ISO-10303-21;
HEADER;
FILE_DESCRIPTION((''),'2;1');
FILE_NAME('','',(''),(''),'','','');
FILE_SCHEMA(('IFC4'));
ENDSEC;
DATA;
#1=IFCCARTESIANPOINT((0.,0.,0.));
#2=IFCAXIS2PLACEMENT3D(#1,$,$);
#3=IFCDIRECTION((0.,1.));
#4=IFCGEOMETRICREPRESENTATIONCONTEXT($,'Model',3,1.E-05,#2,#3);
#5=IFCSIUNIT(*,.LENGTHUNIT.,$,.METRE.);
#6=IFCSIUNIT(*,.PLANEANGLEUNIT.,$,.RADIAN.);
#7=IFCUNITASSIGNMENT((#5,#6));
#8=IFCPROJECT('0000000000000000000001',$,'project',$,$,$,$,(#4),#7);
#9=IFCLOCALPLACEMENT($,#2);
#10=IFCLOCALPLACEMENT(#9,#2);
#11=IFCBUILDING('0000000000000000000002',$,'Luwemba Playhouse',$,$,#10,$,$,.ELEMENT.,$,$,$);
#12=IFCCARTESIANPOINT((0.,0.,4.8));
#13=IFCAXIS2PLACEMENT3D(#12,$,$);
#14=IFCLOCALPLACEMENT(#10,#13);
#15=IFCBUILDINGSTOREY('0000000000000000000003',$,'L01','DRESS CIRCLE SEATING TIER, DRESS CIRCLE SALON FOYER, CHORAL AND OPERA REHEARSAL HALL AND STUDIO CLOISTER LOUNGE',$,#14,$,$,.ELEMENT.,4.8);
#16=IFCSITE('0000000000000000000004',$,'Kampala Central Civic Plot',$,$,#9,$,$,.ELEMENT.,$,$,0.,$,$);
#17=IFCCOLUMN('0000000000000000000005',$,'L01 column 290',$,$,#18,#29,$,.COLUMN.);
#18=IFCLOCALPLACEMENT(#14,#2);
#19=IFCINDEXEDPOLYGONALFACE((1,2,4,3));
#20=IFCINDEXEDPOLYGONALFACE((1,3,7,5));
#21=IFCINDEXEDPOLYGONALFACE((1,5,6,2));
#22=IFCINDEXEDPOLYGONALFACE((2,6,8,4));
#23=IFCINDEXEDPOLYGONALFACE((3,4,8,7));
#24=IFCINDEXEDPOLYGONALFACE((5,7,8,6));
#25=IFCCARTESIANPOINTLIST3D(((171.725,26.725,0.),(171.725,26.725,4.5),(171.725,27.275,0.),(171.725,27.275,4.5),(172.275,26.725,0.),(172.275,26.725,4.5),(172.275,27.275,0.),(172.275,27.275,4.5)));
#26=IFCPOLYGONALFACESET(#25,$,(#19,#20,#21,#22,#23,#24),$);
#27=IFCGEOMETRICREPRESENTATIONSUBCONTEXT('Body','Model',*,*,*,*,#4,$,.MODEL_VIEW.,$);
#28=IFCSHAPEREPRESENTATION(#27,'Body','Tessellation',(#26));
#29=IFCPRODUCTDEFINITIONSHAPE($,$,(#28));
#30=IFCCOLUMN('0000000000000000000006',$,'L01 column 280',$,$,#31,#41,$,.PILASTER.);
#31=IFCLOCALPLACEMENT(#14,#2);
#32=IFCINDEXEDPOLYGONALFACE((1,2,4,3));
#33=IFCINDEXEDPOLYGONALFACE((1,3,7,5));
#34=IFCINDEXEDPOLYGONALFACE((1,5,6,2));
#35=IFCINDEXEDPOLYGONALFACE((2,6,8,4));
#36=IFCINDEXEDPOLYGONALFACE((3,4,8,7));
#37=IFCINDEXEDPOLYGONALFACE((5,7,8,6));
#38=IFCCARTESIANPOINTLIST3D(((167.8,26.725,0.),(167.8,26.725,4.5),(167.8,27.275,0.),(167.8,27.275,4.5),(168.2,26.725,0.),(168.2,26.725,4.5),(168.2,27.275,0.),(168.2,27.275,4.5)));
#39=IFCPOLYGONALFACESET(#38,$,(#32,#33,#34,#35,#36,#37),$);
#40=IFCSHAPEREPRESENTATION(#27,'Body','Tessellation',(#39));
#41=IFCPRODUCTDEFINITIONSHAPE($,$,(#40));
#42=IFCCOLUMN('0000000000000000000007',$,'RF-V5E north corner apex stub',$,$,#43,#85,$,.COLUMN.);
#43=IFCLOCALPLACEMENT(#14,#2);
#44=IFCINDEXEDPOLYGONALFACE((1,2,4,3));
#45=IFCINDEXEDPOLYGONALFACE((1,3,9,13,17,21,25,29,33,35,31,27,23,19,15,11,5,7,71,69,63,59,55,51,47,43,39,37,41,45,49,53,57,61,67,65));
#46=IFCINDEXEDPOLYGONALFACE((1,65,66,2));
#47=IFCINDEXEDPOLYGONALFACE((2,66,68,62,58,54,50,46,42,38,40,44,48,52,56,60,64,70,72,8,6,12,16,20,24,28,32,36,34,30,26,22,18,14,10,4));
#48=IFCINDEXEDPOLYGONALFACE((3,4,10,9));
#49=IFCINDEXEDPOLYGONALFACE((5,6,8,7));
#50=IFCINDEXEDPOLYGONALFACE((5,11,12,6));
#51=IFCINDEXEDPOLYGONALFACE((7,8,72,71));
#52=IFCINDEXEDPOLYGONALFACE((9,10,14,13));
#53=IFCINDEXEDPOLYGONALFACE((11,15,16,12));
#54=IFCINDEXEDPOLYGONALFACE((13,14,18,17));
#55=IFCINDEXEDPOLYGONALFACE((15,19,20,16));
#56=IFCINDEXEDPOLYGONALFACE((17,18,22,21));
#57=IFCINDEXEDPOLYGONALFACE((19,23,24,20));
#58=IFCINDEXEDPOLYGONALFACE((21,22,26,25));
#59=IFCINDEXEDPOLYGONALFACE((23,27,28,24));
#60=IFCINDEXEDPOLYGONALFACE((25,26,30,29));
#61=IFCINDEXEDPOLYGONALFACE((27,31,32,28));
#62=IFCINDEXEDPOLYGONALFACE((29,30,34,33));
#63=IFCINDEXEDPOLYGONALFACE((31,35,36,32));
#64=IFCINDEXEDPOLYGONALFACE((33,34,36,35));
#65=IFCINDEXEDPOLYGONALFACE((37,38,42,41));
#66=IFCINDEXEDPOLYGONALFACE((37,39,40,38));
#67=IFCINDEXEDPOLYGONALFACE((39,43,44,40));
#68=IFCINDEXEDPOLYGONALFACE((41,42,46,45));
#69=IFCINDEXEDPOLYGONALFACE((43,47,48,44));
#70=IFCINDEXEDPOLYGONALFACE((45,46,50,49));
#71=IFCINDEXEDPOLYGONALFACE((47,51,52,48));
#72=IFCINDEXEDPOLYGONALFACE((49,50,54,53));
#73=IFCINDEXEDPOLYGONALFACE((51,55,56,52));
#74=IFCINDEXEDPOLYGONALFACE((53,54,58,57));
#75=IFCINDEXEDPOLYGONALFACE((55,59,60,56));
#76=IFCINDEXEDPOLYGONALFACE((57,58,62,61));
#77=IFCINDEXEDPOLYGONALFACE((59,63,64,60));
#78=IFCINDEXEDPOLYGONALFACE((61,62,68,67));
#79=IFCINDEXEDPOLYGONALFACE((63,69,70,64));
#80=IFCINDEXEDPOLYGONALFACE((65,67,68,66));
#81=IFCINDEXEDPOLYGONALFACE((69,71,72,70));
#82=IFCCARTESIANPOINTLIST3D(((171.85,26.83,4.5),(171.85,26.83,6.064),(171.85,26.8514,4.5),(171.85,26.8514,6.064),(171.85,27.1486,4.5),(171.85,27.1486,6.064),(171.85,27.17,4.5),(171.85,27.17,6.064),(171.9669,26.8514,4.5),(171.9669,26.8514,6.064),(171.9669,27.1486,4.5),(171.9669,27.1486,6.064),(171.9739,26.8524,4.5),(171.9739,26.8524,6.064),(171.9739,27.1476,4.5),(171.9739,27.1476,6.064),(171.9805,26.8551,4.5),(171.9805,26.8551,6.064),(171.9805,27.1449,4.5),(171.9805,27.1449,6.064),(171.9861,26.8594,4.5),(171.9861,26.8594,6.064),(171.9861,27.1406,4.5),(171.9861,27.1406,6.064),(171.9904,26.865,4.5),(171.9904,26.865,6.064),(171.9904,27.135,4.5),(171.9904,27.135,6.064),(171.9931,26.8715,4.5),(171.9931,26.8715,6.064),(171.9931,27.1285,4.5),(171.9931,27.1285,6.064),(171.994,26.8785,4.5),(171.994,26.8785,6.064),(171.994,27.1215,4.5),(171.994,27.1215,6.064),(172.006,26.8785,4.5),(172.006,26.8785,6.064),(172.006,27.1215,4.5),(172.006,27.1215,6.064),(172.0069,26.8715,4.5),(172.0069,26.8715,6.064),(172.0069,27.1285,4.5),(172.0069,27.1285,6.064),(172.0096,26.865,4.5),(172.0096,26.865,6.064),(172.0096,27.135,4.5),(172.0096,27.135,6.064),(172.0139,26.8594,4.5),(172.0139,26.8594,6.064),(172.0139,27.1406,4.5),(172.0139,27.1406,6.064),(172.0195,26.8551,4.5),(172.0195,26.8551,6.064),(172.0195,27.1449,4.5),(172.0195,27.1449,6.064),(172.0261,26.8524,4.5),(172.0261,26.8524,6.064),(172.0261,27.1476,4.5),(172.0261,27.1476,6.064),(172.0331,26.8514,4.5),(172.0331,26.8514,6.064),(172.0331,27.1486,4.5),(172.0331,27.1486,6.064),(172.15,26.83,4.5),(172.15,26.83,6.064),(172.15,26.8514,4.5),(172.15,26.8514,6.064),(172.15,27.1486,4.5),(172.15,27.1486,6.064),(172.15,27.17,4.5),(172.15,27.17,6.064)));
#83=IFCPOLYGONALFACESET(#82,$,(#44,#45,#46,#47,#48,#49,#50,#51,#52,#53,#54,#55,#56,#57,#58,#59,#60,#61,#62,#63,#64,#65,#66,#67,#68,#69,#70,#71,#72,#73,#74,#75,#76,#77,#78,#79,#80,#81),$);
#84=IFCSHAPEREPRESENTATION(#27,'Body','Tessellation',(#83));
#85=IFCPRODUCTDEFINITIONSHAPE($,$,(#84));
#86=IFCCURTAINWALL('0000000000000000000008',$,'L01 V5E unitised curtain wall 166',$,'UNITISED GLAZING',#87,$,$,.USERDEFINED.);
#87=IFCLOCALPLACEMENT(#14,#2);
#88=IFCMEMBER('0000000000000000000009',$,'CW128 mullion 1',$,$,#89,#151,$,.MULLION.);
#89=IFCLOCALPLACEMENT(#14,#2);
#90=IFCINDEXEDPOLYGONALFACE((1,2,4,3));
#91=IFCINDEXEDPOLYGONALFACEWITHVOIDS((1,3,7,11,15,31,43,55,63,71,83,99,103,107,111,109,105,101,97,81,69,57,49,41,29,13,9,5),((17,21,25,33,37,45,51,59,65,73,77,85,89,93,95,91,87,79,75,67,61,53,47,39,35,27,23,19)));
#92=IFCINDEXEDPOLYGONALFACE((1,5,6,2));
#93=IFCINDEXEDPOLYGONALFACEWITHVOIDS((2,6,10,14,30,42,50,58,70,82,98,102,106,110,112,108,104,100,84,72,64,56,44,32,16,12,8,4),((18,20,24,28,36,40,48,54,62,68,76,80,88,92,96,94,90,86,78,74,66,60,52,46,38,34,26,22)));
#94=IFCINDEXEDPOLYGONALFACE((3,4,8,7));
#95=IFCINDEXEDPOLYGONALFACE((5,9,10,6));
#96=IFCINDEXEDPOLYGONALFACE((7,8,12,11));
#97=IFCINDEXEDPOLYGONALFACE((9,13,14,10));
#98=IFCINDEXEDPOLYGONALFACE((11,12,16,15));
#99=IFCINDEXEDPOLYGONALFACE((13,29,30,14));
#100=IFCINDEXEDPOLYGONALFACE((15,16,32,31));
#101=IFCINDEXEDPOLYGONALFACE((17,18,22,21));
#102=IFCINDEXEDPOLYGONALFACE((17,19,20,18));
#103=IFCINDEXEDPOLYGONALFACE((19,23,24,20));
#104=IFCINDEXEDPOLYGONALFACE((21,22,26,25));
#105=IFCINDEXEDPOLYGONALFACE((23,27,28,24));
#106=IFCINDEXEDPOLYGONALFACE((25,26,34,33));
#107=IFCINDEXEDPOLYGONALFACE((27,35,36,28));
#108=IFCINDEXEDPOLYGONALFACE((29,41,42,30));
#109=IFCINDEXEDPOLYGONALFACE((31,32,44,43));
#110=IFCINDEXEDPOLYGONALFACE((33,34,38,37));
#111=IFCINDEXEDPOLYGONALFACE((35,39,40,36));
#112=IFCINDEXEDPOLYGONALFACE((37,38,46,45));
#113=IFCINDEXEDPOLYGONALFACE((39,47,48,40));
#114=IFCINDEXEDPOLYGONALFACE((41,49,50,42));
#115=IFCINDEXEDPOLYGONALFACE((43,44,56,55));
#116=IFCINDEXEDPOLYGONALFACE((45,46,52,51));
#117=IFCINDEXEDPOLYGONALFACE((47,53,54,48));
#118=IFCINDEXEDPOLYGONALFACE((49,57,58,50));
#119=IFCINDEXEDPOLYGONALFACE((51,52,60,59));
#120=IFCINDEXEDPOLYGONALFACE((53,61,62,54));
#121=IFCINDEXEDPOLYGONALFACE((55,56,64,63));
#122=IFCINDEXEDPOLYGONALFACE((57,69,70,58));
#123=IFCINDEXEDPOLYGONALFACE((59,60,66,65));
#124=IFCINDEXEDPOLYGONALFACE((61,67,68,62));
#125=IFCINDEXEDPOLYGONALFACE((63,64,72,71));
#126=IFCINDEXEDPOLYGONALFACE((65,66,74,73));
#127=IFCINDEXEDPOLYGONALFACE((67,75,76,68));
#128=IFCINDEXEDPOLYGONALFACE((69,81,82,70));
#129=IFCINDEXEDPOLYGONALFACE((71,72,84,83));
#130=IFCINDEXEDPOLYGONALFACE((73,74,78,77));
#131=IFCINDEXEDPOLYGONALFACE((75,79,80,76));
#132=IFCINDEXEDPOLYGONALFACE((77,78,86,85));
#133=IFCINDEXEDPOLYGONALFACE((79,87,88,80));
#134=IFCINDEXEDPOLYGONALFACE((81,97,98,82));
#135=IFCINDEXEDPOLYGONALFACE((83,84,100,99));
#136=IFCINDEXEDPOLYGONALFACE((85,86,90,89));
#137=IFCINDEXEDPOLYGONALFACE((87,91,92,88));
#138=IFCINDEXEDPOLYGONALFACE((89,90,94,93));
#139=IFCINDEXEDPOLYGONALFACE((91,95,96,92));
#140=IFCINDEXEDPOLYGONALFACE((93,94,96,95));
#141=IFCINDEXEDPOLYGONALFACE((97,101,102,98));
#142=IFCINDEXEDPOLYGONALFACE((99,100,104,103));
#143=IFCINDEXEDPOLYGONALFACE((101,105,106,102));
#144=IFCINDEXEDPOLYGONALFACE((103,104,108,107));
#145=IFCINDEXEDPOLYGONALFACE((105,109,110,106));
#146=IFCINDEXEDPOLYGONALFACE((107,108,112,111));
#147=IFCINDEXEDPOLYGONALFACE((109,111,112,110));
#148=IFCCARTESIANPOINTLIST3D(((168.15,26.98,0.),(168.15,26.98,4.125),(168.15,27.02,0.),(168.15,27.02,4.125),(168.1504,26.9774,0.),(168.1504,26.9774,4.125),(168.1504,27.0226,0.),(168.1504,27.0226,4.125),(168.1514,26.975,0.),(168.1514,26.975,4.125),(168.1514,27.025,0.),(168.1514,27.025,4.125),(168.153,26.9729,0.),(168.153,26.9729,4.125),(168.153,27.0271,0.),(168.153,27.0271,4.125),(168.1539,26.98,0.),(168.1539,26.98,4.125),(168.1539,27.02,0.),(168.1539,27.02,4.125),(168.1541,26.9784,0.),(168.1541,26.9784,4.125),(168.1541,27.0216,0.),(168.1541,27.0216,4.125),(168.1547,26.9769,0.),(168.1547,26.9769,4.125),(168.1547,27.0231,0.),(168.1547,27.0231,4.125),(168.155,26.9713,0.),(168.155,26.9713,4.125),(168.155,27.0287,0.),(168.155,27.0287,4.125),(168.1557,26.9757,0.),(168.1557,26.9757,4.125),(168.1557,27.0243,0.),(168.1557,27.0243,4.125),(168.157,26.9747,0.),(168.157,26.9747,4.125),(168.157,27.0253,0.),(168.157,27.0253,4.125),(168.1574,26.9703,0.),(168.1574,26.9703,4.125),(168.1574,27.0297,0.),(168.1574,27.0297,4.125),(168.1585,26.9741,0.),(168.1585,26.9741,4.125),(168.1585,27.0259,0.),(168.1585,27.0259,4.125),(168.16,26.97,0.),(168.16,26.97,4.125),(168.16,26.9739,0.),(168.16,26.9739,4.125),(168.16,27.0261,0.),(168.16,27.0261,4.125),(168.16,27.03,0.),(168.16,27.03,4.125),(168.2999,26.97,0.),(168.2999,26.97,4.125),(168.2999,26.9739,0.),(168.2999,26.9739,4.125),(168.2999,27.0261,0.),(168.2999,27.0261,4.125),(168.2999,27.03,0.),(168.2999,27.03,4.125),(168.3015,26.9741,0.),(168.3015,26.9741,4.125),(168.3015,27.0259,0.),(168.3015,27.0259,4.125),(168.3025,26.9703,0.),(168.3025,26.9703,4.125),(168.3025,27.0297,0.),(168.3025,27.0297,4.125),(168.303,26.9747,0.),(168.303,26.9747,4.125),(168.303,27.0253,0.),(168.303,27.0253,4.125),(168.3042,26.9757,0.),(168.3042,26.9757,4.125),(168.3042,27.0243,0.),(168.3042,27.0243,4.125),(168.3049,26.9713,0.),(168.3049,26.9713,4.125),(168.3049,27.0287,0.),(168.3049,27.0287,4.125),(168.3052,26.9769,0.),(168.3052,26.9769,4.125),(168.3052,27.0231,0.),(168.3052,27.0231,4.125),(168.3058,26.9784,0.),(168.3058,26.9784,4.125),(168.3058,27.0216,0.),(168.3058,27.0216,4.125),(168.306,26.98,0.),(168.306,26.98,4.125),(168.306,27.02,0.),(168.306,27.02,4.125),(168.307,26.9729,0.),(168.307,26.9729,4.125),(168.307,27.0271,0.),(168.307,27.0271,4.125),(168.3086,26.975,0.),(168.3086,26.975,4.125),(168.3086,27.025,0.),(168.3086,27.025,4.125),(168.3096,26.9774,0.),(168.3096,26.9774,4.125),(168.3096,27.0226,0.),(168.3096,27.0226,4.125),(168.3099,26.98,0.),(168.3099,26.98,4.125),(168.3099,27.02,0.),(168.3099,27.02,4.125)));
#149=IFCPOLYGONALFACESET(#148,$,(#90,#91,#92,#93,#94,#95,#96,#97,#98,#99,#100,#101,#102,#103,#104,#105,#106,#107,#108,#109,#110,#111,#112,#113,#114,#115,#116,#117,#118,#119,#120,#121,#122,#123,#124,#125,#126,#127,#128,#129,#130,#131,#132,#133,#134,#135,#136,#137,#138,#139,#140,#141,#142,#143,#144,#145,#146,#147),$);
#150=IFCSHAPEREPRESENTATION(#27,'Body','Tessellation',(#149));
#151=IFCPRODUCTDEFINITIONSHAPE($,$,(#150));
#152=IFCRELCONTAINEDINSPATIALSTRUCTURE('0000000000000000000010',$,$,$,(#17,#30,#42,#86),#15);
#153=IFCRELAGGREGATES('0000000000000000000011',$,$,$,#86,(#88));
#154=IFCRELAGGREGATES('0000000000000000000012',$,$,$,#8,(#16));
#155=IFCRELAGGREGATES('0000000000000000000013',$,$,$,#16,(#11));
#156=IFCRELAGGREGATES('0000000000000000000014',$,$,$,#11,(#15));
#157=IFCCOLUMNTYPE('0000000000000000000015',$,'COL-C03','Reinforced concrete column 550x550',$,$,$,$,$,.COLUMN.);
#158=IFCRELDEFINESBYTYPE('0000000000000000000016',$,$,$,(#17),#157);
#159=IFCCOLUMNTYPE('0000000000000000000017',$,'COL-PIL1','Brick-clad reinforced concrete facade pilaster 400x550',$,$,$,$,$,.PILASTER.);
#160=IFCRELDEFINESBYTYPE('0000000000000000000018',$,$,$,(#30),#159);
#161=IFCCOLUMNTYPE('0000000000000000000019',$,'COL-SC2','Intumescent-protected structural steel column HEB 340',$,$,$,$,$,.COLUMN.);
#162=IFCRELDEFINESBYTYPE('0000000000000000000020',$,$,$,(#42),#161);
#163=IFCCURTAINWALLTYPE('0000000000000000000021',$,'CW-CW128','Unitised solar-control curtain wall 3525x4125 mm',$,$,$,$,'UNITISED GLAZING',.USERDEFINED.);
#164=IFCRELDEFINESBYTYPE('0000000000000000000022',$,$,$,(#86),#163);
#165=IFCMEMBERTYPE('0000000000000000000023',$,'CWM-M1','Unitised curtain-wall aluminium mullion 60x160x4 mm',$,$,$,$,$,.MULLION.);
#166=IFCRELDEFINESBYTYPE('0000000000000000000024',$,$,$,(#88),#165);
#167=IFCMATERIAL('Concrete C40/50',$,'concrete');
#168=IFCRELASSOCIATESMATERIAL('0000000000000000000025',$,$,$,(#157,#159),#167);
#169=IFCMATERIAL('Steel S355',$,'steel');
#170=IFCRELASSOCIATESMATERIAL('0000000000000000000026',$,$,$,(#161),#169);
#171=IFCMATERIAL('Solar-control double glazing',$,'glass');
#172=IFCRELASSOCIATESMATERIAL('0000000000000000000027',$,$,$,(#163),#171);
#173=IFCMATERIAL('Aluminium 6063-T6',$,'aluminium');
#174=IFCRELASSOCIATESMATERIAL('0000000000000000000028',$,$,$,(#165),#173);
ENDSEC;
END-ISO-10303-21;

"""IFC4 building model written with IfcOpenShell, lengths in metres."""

from ifc_helpers import new_model, si_unit, direction, frame, origin, origin_2d, place, context, subcontext, project, spatial, rectangle, hollow_rectangle, i_section, extrude, material, material_profile, profile_set, type_object, element, aggregate, save


model = new_model("IFC4")

# Units and contexts
model_context = context("Model", 3, precision=1e-05, world=origin(), true_north=direction((0.0, 1.0)))
body_context = subcontext(model_context, "Body", "Model", "MODEL_VIEW")
ifc_project = project(units=[si_unit("LENGTHUNIT", "METRE"), si_unit("PLANEANGLEUNIT", "RADIAN")], contexts=[model_context])

# Site, building, storey
site_placement = place(None, origin())
site = spatial("IfcSite", under=ifc_project, at=site_placement, Name="Kampala Central Civic Plot", CompositionType="ELEMENT", RefElevation=0.0)
building_placement = place(site_placement, origin())
building = spatial("IfcBuilding", under=site, at=building_placement, Name="Luwemba Playhouse", CompositionType="ELEMENT")
storey_placement = place(building_placement, frame((0.0, 0.0, 4.8)))
storey = spatial("IfcBuildingStorey", under=building, at=storey_placement, Name="L01", Description="DRESS CIRCLE SEATING TIER, DRESS CIRCLE SALON FOYER, CHORAL AND OPERA REHEARSAL HALL AND STUDIO CLOISTER LOUNGE", CompositionType="ELEMENT", Elevation=4.8)

# Columns
ifc_material_1 = material(Name="Concrete C40/50", Category="concrete")
ifc_material_profile_1 = material_profile(ifc_material_1, rectangle(XDim=0.55, YDim=0.55, at=origin_2d()))
ifc_profile_set_1 = profile_set([ifc_material_profile_1], Name="Concrete C40/50")
column_type_1 = type_object("IfcColumnType", Name="COL-C03", Description="Reinforced concrete column 550x550", PredefinedType="COLUMN", material=ifc_profile_set_1)
column_1_placement = place(storey_placement, frame((172.0, 27.0, 0.0), z_axis=(0.0, 0.0, 1.0), x_axis=(1.0, 0.0, 0.0)))
element("IfcColumn", 1, at=column_1_placement, inside=storey, type_object=column_type_1, Name="L01 column 290", PredefinedType="COLUMN", context=body_context, shape_type="SweptSolid", body=[
    extrude(rectangle(XDim=0.55, YDim=0.55, at=origin_2d()), origin(), (0.0, 0.0, 1.0), 4.5),
])
ifc_material_profile_2 = material_profile(ifc_material_1, rectangle(XDim=0.3999, YDim=0.55, at=origin_2d()))
ifc_profile_set_2 = profile_set([ifc_material_profile_2], Name="Concrete C40/50")
column_type_2 = type_object("IfcColumnType", Name="COL-PIL1", Description="Brick-clad reinforced concrete facade pilaster 400x550", PredefinedType="PILASTER", material=ifc_profile_set_2)
column_2_placement = place(storey_placement, frame((168.0, 27.0, 0.0), z_axis=(0.0, 0.0, 1.0), x_axis=(1.0, 0.0, 0.0)))
element("IfcColumn", 2, at=column_2_placement, inside=storey, type_object=column_type_2, Name="L01 column 280", PredefinedType="PILASTER", context=body_context, shape_type="SweptSolid", body=[
    extrude(rectangle(XDim=0.3999, YDim=0.55, at=origin_2d()), origin(), (0.0, 0.0, 1.0), 4.5),
])
ifc_material_2 = material(Name="Steel S355", Category="steel")
ifc_material_profile_3 = material_profile(ifc_material_2, i_section(OverallWidth=0.3, OverallDepth=0.3401, WebThickness=0.012, FlangeThickness=0.0215, FilletRadius=0.0271, at=origin_2d()))
ifc_profile_set_3 = profile_set([ifc_material_profile_3], Name="Steel S355")
column_type_3 = type_object("IfcColumnType", Name="COL-SC2", Description="Intumescent-protected structural steel column HEB 340", PredefinedType="COLUMN", material=ifc_profile_set_3)
column_3_placement = place(storey_placement, frame((172.0, 27.0, 4.5), z_axis=(0.0, 0.0, 1.0), x_axis=(1.0, 0.0, 0.0)))
element("IfcColumn", 3, at=column_3_placement, inside=storey, type_object=column_type_3, Name="RF-V5E north corner apex stub", PredefinedType="COLUMN", context=body_context, shape_type="SweptSolid", body=[
    extrude(i_section(OverallWidth=0.3, OverallDepth=0.3401, WebThickness=0.012, FlangeThickness=0.0215, FilletRadius=0.0271, at=origin_2d()), origin(), (0.0, 0.0, 1.0), 1.564),
])

# Curtain wall, member
ifc_material_3 = material(Name="Solar-control double glazing", Category="glass")
curtain_wall_type_1 = type_object("IfcCurtainWallType", Name="CW-CW128", Description="Unitised solar-control curtain wall 3525x4125 mm", ElementType="UNITISED GLAZING", PredefinedType="USERDEFINED", material=ifc_material_3)
curtain_wall_1_placement = place(storey_placement, origin())
curtain_wall_1 = element("IfcCurtainWall", 4, at=curtain_wall_1_placement, inside=storey, type_object=curtain_wall_type_1, Name="L01 V5E unitised curtain wall 166", ObjectType="UNITISED GLAZING", PredefinedType="USERDEFINED")
ifc_material_4 = material(Name="Aluminium 6063-T6", Category="aluminium")
ifc_material_profile_4 = material_profile(ifc_material_4, hollow_rectangle(XDim=0.0601, YDim=0.1599, WallThickness=0.0039, InnerFilletRadius=0.0061, OuterFilletRadius=0.01, at=origin_2d()))
ifc_profile_set_4 = profile_set([ifc_material_profile_4], Name="Aluminium 6063-T6")
member_type_1 = type_object("IfcMemberType", Name="CWM-M1", Description="Unitised curtain-wall aluminium mullion 60x160x4 mm", PredefinedType="MULLION", material=ifc_profile_set_4)
member_1_placement = place(storey_placement, frame((168.23, 27.0, 0.0), z_axis=(0.0, 0.0, 1.0), x_axis=(0.0, 1.0, 0.0)))
member_1 = element("IfcMember", 5, at=member_1_placement, type_object=member_type_1, Name="CW128 mullion 1", PredefinedType="MULLION", context=body_context, shape_type="SweptSolid", body=[
    extrude(hollow_rectangle(XDim=0.0601, YDim=0.1599, WallThickness=0.0039, InnerFilletRadius=0.0061, OuterFilletRadius=0.01, at=origin_2d()), origin(), (0.0, 0.0, 1.0), 4.125),
])

aggregate(curtain_wall_1, [member_1])

save(model, "model.ifc")
